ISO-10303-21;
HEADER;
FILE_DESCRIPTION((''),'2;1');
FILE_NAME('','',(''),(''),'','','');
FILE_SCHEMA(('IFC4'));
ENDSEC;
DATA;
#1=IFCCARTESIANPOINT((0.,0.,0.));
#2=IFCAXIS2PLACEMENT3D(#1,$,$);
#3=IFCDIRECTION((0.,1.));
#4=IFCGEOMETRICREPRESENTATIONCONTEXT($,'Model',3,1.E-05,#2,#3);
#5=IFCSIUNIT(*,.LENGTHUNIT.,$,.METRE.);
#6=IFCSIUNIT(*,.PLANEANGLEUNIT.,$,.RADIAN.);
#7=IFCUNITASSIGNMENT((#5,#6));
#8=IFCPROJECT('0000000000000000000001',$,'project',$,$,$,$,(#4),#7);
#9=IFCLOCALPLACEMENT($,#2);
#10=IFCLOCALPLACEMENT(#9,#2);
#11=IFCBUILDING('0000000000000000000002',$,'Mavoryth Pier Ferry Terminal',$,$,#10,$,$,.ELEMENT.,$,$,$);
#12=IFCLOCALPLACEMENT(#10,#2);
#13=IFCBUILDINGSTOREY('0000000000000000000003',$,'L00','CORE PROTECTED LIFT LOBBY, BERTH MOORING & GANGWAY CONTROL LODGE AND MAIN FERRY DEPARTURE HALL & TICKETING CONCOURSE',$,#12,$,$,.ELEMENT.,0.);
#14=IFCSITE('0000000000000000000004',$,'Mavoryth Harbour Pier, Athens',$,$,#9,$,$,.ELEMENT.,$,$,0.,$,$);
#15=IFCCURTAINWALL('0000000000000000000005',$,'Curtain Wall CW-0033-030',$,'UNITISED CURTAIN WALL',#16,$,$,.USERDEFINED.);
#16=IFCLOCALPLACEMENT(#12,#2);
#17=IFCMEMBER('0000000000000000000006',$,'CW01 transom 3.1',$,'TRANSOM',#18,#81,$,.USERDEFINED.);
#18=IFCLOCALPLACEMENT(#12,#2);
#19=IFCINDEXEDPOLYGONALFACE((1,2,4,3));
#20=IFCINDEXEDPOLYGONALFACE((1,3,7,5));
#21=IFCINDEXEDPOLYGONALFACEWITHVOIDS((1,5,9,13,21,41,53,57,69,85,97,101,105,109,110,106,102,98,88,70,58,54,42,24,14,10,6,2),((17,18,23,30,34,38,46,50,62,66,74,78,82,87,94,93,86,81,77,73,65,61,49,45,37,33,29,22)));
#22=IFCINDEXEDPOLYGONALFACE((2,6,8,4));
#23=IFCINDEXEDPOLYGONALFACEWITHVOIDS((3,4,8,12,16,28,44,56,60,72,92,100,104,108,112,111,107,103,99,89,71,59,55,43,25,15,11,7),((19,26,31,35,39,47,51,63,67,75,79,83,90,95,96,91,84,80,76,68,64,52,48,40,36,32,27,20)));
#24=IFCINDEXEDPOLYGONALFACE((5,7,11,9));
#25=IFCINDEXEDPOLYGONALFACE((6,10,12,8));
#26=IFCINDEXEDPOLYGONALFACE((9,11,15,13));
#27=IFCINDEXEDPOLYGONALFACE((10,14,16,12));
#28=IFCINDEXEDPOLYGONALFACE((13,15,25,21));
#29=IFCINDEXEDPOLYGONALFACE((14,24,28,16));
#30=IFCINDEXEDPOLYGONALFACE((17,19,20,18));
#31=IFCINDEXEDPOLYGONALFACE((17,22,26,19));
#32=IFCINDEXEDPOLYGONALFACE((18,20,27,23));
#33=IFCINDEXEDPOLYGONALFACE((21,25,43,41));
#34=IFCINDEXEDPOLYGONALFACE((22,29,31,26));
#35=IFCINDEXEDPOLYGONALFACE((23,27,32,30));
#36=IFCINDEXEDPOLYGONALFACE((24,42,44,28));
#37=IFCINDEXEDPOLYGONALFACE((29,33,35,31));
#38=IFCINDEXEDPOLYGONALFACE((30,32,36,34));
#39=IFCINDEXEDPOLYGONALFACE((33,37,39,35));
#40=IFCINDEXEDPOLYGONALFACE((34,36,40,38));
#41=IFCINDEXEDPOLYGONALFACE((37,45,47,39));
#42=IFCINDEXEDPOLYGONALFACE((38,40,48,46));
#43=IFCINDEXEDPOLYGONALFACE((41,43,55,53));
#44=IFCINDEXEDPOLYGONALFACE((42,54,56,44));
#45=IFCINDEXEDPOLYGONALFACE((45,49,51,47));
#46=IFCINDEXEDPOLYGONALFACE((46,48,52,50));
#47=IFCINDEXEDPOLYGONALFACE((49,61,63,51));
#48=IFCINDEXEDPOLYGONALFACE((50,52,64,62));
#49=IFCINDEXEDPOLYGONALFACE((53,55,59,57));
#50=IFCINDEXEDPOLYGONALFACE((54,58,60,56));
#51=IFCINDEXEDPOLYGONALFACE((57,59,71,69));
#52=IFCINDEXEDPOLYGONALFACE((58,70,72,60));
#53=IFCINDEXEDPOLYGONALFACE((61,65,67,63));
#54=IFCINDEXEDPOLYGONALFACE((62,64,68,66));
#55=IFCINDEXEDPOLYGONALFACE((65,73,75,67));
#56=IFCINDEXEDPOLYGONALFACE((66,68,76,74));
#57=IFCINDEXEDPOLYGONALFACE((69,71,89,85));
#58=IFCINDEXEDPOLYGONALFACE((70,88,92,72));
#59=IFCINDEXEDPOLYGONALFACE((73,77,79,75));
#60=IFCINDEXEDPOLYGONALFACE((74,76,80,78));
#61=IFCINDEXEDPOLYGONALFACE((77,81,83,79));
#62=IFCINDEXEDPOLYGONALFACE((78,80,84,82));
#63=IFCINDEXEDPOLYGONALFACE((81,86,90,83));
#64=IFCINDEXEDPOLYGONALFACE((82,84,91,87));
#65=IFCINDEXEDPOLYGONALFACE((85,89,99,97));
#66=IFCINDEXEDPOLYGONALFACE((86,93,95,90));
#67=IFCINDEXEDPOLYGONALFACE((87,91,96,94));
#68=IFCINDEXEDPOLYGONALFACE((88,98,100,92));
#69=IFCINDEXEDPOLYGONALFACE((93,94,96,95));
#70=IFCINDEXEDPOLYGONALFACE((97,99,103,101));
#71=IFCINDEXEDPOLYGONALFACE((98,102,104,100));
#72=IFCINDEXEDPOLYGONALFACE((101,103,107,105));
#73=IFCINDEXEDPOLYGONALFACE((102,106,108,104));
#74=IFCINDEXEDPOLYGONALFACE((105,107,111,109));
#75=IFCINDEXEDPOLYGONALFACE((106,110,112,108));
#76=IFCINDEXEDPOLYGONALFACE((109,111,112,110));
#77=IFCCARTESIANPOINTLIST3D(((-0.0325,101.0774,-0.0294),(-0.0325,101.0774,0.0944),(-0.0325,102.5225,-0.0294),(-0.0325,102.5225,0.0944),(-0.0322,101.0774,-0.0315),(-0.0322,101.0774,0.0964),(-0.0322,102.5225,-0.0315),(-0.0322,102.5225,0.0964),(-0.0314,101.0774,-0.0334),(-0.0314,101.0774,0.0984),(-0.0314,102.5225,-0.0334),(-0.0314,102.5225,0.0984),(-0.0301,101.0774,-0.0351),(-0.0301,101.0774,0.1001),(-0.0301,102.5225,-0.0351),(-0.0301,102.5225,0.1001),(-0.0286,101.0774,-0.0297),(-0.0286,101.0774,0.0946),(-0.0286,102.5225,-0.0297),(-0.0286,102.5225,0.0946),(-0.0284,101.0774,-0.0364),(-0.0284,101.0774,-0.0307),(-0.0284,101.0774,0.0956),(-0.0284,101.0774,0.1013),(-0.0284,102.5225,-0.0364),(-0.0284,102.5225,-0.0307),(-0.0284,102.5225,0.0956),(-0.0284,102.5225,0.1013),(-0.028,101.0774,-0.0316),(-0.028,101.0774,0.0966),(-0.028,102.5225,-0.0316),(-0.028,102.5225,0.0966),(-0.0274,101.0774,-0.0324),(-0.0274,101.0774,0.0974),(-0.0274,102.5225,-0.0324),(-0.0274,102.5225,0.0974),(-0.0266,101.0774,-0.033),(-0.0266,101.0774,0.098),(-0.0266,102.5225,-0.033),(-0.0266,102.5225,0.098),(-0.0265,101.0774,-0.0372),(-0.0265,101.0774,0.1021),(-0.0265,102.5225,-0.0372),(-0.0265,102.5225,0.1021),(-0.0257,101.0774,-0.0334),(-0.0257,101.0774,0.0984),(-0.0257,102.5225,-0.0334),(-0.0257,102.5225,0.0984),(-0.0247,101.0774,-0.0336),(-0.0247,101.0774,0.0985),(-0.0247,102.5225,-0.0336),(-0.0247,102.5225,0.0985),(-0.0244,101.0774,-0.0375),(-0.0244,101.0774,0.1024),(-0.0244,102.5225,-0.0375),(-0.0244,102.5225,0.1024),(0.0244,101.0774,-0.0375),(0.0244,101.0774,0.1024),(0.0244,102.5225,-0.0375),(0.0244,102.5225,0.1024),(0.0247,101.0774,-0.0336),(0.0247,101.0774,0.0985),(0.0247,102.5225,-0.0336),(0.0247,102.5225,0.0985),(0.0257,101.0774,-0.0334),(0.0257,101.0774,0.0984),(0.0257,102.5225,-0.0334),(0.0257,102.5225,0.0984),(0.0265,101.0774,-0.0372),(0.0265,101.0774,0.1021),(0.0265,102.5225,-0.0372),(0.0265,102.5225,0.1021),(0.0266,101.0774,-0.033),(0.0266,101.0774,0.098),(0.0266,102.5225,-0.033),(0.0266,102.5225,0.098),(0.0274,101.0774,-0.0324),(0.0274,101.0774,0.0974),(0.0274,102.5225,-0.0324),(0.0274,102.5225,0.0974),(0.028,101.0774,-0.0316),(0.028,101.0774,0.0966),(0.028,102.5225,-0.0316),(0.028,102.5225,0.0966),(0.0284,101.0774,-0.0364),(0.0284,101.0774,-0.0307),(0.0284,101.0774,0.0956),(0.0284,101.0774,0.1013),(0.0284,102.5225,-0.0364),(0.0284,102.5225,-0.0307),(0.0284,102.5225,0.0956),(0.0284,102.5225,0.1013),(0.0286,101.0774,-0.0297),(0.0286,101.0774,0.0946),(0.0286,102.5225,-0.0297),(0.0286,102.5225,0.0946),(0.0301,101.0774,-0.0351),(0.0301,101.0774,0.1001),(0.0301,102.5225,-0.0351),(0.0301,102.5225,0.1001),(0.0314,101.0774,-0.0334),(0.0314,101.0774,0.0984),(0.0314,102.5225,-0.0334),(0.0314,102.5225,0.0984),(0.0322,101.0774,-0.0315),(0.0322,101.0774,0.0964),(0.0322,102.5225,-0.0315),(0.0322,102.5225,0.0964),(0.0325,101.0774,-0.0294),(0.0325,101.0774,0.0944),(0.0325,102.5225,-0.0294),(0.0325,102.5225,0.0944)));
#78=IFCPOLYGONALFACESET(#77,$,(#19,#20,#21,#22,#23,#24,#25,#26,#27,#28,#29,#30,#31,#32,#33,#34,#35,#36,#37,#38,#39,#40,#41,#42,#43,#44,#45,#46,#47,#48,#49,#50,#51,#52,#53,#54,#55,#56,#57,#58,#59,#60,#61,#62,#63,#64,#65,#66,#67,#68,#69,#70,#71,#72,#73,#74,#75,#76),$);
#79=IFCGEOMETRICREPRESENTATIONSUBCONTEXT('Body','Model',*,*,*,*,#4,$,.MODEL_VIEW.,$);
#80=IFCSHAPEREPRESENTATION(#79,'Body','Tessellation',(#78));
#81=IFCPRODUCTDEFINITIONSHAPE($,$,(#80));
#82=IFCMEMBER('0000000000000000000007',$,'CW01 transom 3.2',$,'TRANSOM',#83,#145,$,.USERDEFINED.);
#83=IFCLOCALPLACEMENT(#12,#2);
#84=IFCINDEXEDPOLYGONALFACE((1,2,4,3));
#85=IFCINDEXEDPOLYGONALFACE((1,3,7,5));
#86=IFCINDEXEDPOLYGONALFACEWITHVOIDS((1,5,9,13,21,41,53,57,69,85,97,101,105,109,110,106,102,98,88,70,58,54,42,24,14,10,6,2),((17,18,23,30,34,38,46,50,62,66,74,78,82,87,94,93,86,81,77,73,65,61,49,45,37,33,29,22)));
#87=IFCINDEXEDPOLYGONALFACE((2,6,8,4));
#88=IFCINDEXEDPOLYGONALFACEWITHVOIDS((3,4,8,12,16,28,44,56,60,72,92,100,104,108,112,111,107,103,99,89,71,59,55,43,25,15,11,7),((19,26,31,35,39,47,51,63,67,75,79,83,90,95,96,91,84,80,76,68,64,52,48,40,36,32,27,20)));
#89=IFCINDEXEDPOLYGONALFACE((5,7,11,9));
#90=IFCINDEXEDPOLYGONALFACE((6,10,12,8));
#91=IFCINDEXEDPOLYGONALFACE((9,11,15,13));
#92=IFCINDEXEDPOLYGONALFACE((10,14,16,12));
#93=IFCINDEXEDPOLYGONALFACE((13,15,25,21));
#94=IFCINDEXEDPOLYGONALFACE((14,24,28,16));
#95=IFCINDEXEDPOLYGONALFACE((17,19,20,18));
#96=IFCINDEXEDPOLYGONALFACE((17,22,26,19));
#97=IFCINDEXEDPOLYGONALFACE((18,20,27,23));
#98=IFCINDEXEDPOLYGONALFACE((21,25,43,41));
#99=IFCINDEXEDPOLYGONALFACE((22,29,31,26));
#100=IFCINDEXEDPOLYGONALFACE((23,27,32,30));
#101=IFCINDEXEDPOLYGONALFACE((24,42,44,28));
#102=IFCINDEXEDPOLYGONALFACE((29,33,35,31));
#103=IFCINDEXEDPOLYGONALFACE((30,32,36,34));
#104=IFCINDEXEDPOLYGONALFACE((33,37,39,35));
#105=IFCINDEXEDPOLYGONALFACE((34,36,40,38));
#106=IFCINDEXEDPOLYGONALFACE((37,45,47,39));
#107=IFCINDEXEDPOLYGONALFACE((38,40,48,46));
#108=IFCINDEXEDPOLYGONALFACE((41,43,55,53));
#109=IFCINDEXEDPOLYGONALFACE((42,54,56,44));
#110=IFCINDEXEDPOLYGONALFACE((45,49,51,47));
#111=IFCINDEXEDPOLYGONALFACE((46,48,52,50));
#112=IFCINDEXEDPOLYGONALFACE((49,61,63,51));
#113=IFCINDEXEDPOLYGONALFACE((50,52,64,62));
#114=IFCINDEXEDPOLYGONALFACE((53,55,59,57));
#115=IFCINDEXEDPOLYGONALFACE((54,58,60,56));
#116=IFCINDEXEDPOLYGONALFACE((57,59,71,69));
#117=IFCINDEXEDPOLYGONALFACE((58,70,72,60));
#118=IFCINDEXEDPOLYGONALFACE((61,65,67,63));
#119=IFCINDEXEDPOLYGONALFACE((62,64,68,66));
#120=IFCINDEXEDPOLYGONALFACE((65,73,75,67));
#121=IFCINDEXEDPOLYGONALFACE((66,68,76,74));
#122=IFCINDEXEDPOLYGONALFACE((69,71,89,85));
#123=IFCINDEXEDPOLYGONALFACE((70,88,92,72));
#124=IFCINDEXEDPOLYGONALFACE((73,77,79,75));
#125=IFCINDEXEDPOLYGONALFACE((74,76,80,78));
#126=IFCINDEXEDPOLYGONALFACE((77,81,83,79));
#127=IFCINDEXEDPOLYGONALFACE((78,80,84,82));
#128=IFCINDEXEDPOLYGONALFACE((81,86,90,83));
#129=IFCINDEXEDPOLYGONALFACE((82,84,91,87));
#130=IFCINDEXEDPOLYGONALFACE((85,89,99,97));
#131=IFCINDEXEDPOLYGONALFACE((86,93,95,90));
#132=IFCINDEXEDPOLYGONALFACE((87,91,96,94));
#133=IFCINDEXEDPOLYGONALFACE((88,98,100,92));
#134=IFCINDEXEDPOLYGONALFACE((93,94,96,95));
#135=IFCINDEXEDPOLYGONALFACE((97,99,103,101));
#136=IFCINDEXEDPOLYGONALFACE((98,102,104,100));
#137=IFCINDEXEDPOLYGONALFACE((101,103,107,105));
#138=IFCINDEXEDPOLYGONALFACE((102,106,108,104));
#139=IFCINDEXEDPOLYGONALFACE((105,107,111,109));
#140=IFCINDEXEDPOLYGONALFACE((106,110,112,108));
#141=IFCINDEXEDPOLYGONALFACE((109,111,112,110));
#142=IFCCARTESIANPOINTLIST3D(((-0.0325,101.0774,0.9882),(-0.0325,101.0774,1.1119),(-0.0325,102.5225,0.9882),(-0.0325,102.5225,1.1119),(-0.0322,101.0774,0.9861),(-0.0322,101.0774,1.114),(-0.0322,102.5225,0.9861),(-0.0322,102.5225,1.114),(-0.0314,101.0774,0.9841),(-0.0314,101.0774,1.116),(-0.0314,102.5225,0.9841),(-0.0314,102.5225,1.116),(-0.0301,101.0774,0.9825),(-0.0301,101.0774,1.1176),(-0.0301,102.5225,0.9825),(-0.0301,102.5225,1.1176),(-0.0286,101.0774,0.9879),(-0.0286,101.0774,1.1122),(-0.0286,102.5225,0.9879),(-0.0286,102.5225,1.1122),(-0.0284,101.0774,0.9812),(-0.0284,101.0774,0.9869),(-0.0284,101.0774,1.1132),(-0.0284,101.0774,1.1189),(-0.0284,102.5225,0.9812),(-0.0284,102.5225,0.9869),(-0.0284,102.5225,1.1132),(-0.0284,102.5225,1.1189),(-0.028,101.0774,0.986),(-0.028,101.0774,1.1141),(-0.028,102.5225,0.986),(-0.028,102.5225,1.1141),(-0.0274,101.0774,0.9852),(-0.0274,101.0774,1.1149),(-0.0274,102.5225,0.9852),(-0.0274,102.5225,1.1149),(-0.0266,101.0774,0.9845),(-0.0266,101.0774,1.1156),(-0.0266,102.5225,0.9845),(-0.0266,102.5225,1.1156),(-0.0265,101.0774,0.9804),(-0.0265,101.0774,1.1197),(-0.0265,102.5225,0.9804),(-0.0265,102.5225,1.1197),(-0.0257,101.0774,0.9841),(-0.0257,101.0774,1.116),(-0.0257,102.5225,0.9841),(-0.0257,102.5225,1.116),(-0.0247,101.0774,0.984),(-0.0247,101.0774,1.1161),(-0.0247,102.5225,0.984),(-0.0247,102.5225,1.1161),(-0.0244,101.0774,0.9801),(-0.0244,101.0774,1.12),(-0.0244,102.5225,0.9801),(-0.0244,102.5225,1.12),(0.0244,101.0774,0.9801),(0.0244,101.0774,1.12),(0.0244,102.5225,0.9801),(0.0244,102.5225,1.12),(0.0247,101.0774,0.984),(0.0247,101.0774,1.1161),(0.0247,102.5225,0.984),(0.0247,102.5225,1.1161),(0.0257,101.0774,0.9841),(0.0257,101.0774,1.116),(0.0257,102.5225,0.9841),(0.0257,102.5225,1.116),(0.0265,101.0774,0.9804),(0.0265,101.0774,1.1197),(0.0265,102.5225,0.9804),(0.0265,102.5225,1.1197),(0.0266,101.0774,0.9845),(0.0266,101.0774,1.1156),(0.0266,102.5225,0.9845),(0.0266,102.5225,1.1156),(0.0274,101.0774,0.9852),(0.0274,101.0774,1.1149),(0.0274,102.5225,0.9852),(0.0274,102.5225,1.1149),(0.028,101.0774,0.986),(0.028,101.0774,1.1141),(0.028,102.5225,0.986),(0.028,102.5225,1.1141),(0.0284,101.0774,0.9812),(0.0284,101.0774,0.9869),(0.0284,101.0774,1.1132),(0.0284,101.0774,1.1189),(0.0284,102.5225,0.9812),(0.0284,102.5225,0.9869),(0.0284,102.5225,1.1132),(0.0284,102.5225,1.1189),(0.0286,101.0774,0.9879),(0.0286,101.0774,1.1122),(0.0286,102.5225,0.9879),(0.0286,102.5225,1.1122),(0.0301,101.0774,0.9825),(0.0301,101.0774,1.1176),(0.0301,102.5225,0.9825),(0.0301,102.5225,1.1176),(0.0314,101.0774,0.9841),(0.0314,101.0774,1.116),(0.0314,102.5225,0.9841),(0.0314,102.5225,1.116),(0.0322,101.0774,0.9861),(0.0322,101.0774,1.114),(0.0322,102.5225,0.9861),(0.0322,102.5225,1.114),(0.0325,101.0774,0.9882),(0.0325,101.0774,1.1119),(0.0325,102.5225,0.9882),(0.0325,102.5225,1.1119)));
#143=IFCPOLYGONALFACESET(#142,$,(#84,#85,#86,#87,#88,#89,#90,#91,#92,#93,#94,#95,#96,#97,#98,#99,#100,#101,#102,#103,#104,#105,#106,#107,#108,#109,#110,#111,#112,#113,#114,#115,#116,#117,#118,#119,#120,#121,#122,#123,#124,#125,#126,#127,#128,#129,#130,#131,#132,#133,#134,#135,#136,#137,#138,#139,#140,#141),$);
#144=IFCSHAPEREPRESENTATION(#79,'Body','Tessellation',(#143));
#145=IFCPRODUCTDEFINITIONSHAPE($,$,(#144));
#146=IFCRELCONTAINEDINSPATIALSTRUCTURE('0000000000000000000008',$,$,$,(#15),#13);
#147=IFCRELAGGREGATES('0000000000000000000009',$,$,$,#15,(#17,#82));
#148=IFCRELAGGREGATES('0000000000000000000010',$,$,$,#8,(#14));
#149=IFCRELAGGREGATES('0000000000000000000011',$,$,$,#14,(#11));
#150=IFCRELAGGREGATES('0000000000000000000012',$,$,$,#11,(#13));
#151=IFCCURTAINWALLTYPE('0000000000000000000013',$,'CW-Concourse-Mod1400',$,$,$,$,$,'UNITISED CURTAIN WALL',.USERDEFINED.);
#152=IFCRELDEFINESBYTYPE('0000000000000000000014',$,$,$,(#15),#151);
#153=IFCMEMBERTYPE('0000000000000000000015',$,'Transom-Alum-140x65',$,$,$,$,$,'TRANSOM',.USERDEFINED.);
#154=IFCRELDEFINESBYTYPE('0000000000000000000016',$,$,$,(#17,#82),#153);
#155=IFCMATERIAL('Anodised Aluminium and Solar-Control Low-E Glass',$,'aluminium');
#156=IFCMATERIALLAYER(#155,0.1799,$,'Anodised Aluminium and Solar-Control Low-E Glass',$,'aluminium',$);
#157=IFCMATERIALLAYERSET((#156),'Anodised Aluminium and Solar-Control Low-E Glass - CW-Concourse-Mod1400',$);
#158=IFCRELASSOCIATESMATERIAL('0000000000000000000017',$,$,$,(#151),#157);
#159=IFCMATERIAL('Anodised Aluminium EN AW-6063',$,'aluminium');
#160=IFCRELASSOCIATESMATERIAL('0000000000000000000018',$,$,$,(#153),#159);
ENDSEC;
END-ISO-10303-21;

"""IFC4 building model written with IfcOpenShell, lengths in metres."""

from ifc_helpers import new_model, si_unit, direction, frame, origin, origin_2d, place, context, subcontext, project, spatial, hollow_rectangle, extrude, material, layer, layer_set, material_profile, profile_set, type_object, element, aggregate, save


model = new_model("IFC4")

# Units and contexts
model_context = context("Model", 3, precision=1e-05, world=origin(), true_north=direction((0.0, 1.0)))
body_context = subcontext(model_context, "Body", "Model", "MODEL_VIEW")
ifc_project = project(units=[si_unit("LENGTHUNIT", "METRE"), si_unit("PLANEANGLEUNIT", "RADIAN")], contexts=[model_context])

# Site, building, storey
site_placement = place(None, origin())
site = spatial("IfcSite", under=ifc_project, at=site_placement, Name="Mavoryth Harbour Pier, Athens", CompositionType="ELEMENT", RefElevation=0.0)
building_placement = place(site_placement, origin())
building = spatial("IfcBuilding", under=site, at=building_placement, Name="Mavoryth Pier Ferry Terminal", CompositionType="ELEMENT")
storey_placement = place(building_placement, origin())
storey = spatial("IfcBuildingStorey", under=building, at=storey_placement, Name="L00", Description="CORE PROTECTED LIFT LOBBY, BERTH MOORING & GANGWAY CONTROL LODGE AND MAIN FERRY DEPARTURE HALL & TICKETING CONCOURSE", CompositionType="ELEMENT", Elevation=0.0)

# Curtain wall, members
ifc_material_1 = material(Name="Anodised Aluminium and Solar-Control Low-E Glass", Category="aluminium")
ifc_layer_1 = layer(ifc_material_1, 0.1799, Name="Anodised Aluminium and Solar-Control Low-E Glass", Category="aluminium")
ifc_layer_set_1 = layer_set([ifc_layer_1], Name="Anodised Aluminium and Solar-Control Low-E Glass - CW-Concourse-Mod1400")
curtain_wall_type = type_object("IfcCurtainWallType", Name="CW-Concourse-Mod1400", ElementType="UNITISED CURTAIN WALL", PredefinedType="USERDEFINED", material=ifc_layer_set_1)
curtain_wall_placement = place(storey_placement, origin())
curtain_wall = element("IfcCurtainWall", 1, at=curtain_wall_placement, inside=storey, type_object=curtain_wall_type, Name="Curtain Wall CW-0033-030", ObjectType="UNITISED CURTAIN WALL", PredefinedType="USERDEFINED")
ifc_material_2 = material(Name="Anodised Aluminium EN AW-6063", Category="aluminium")
ifc_material_profile_1 = material_profile(ifc_material_2, hollow_rectangle(XDim=0.0649, YDim=0.1399, WallThickness=0.0039, InnerFilletRadius=0.0039, OuterFilletRadius=0.0081, at=origin_2d()), Name="AL-TRAN 140x65x4", Category="aluminium")
ifc_profile_set_1 = profile_set([ifc_material_profile_1], Name="Anodised Aluminium EN AW-6063 - AL-TRAN 140x65x4")
member_type_1 = type_object("IfcMemberType", Name="Transom-Alum-140x65", ElementType="TRANSOM", PredefinedType="USERDEFINED", material=ifc_profile_set_1)
member_1_placement = place(storey_placement, frame((0.0, 102.5225, 0.0325), z_axis=(0.0, -1.0, 0.0), x_axis=(1.0, 0.0, 0.0)))
member_1 = element("IfcMember", 2, at=member_1_placement, type_object=member_type_1, Name="CW01 transom 3.1", ObjectType="TRANSOM", PredefinedType="USERDEFINED", context=body_context, shape_type="SweptSolid", body=[
    extrude(hollow_rectangle(XDim=0.0649, YDim=0.1399, WallThickness=0.0039, InnerFilletRadius=0.0039, OuterFilletRadius=0.0081, at=origin_2d()), origin(), (0.0, 0.0, 1.0), 1.4451),
])
member_2_placement = place(storey_placement, frame((0.0, 102.5225, 1.05), z_axis=(0.0, -1.0, 0.0), x_axis=(1.0, 0.0, 0.0)))
member_2 = element("IfcMember", 3, at=member_2_placement, type_object=member_type_1, Name="CW01 transom 3.2", ObjectType="TRANSOM", PredefinedType="USERDEFINED", context=body_context, shape_type="SweptSolid", body=[
    extrude(hollow_rectangle(XDim=0.0649, YDim=0.1399, WallThickness=0.0039, InnerFilletRadius=0.0039, OuterFilletRadius=0.0081, at=origin_2d()), origin(), (0.0, 0.0, 1.0), 1.4451),
])
aggregate(curtain_wall, [member_1, member_2])

save(model, "model.ifc")
